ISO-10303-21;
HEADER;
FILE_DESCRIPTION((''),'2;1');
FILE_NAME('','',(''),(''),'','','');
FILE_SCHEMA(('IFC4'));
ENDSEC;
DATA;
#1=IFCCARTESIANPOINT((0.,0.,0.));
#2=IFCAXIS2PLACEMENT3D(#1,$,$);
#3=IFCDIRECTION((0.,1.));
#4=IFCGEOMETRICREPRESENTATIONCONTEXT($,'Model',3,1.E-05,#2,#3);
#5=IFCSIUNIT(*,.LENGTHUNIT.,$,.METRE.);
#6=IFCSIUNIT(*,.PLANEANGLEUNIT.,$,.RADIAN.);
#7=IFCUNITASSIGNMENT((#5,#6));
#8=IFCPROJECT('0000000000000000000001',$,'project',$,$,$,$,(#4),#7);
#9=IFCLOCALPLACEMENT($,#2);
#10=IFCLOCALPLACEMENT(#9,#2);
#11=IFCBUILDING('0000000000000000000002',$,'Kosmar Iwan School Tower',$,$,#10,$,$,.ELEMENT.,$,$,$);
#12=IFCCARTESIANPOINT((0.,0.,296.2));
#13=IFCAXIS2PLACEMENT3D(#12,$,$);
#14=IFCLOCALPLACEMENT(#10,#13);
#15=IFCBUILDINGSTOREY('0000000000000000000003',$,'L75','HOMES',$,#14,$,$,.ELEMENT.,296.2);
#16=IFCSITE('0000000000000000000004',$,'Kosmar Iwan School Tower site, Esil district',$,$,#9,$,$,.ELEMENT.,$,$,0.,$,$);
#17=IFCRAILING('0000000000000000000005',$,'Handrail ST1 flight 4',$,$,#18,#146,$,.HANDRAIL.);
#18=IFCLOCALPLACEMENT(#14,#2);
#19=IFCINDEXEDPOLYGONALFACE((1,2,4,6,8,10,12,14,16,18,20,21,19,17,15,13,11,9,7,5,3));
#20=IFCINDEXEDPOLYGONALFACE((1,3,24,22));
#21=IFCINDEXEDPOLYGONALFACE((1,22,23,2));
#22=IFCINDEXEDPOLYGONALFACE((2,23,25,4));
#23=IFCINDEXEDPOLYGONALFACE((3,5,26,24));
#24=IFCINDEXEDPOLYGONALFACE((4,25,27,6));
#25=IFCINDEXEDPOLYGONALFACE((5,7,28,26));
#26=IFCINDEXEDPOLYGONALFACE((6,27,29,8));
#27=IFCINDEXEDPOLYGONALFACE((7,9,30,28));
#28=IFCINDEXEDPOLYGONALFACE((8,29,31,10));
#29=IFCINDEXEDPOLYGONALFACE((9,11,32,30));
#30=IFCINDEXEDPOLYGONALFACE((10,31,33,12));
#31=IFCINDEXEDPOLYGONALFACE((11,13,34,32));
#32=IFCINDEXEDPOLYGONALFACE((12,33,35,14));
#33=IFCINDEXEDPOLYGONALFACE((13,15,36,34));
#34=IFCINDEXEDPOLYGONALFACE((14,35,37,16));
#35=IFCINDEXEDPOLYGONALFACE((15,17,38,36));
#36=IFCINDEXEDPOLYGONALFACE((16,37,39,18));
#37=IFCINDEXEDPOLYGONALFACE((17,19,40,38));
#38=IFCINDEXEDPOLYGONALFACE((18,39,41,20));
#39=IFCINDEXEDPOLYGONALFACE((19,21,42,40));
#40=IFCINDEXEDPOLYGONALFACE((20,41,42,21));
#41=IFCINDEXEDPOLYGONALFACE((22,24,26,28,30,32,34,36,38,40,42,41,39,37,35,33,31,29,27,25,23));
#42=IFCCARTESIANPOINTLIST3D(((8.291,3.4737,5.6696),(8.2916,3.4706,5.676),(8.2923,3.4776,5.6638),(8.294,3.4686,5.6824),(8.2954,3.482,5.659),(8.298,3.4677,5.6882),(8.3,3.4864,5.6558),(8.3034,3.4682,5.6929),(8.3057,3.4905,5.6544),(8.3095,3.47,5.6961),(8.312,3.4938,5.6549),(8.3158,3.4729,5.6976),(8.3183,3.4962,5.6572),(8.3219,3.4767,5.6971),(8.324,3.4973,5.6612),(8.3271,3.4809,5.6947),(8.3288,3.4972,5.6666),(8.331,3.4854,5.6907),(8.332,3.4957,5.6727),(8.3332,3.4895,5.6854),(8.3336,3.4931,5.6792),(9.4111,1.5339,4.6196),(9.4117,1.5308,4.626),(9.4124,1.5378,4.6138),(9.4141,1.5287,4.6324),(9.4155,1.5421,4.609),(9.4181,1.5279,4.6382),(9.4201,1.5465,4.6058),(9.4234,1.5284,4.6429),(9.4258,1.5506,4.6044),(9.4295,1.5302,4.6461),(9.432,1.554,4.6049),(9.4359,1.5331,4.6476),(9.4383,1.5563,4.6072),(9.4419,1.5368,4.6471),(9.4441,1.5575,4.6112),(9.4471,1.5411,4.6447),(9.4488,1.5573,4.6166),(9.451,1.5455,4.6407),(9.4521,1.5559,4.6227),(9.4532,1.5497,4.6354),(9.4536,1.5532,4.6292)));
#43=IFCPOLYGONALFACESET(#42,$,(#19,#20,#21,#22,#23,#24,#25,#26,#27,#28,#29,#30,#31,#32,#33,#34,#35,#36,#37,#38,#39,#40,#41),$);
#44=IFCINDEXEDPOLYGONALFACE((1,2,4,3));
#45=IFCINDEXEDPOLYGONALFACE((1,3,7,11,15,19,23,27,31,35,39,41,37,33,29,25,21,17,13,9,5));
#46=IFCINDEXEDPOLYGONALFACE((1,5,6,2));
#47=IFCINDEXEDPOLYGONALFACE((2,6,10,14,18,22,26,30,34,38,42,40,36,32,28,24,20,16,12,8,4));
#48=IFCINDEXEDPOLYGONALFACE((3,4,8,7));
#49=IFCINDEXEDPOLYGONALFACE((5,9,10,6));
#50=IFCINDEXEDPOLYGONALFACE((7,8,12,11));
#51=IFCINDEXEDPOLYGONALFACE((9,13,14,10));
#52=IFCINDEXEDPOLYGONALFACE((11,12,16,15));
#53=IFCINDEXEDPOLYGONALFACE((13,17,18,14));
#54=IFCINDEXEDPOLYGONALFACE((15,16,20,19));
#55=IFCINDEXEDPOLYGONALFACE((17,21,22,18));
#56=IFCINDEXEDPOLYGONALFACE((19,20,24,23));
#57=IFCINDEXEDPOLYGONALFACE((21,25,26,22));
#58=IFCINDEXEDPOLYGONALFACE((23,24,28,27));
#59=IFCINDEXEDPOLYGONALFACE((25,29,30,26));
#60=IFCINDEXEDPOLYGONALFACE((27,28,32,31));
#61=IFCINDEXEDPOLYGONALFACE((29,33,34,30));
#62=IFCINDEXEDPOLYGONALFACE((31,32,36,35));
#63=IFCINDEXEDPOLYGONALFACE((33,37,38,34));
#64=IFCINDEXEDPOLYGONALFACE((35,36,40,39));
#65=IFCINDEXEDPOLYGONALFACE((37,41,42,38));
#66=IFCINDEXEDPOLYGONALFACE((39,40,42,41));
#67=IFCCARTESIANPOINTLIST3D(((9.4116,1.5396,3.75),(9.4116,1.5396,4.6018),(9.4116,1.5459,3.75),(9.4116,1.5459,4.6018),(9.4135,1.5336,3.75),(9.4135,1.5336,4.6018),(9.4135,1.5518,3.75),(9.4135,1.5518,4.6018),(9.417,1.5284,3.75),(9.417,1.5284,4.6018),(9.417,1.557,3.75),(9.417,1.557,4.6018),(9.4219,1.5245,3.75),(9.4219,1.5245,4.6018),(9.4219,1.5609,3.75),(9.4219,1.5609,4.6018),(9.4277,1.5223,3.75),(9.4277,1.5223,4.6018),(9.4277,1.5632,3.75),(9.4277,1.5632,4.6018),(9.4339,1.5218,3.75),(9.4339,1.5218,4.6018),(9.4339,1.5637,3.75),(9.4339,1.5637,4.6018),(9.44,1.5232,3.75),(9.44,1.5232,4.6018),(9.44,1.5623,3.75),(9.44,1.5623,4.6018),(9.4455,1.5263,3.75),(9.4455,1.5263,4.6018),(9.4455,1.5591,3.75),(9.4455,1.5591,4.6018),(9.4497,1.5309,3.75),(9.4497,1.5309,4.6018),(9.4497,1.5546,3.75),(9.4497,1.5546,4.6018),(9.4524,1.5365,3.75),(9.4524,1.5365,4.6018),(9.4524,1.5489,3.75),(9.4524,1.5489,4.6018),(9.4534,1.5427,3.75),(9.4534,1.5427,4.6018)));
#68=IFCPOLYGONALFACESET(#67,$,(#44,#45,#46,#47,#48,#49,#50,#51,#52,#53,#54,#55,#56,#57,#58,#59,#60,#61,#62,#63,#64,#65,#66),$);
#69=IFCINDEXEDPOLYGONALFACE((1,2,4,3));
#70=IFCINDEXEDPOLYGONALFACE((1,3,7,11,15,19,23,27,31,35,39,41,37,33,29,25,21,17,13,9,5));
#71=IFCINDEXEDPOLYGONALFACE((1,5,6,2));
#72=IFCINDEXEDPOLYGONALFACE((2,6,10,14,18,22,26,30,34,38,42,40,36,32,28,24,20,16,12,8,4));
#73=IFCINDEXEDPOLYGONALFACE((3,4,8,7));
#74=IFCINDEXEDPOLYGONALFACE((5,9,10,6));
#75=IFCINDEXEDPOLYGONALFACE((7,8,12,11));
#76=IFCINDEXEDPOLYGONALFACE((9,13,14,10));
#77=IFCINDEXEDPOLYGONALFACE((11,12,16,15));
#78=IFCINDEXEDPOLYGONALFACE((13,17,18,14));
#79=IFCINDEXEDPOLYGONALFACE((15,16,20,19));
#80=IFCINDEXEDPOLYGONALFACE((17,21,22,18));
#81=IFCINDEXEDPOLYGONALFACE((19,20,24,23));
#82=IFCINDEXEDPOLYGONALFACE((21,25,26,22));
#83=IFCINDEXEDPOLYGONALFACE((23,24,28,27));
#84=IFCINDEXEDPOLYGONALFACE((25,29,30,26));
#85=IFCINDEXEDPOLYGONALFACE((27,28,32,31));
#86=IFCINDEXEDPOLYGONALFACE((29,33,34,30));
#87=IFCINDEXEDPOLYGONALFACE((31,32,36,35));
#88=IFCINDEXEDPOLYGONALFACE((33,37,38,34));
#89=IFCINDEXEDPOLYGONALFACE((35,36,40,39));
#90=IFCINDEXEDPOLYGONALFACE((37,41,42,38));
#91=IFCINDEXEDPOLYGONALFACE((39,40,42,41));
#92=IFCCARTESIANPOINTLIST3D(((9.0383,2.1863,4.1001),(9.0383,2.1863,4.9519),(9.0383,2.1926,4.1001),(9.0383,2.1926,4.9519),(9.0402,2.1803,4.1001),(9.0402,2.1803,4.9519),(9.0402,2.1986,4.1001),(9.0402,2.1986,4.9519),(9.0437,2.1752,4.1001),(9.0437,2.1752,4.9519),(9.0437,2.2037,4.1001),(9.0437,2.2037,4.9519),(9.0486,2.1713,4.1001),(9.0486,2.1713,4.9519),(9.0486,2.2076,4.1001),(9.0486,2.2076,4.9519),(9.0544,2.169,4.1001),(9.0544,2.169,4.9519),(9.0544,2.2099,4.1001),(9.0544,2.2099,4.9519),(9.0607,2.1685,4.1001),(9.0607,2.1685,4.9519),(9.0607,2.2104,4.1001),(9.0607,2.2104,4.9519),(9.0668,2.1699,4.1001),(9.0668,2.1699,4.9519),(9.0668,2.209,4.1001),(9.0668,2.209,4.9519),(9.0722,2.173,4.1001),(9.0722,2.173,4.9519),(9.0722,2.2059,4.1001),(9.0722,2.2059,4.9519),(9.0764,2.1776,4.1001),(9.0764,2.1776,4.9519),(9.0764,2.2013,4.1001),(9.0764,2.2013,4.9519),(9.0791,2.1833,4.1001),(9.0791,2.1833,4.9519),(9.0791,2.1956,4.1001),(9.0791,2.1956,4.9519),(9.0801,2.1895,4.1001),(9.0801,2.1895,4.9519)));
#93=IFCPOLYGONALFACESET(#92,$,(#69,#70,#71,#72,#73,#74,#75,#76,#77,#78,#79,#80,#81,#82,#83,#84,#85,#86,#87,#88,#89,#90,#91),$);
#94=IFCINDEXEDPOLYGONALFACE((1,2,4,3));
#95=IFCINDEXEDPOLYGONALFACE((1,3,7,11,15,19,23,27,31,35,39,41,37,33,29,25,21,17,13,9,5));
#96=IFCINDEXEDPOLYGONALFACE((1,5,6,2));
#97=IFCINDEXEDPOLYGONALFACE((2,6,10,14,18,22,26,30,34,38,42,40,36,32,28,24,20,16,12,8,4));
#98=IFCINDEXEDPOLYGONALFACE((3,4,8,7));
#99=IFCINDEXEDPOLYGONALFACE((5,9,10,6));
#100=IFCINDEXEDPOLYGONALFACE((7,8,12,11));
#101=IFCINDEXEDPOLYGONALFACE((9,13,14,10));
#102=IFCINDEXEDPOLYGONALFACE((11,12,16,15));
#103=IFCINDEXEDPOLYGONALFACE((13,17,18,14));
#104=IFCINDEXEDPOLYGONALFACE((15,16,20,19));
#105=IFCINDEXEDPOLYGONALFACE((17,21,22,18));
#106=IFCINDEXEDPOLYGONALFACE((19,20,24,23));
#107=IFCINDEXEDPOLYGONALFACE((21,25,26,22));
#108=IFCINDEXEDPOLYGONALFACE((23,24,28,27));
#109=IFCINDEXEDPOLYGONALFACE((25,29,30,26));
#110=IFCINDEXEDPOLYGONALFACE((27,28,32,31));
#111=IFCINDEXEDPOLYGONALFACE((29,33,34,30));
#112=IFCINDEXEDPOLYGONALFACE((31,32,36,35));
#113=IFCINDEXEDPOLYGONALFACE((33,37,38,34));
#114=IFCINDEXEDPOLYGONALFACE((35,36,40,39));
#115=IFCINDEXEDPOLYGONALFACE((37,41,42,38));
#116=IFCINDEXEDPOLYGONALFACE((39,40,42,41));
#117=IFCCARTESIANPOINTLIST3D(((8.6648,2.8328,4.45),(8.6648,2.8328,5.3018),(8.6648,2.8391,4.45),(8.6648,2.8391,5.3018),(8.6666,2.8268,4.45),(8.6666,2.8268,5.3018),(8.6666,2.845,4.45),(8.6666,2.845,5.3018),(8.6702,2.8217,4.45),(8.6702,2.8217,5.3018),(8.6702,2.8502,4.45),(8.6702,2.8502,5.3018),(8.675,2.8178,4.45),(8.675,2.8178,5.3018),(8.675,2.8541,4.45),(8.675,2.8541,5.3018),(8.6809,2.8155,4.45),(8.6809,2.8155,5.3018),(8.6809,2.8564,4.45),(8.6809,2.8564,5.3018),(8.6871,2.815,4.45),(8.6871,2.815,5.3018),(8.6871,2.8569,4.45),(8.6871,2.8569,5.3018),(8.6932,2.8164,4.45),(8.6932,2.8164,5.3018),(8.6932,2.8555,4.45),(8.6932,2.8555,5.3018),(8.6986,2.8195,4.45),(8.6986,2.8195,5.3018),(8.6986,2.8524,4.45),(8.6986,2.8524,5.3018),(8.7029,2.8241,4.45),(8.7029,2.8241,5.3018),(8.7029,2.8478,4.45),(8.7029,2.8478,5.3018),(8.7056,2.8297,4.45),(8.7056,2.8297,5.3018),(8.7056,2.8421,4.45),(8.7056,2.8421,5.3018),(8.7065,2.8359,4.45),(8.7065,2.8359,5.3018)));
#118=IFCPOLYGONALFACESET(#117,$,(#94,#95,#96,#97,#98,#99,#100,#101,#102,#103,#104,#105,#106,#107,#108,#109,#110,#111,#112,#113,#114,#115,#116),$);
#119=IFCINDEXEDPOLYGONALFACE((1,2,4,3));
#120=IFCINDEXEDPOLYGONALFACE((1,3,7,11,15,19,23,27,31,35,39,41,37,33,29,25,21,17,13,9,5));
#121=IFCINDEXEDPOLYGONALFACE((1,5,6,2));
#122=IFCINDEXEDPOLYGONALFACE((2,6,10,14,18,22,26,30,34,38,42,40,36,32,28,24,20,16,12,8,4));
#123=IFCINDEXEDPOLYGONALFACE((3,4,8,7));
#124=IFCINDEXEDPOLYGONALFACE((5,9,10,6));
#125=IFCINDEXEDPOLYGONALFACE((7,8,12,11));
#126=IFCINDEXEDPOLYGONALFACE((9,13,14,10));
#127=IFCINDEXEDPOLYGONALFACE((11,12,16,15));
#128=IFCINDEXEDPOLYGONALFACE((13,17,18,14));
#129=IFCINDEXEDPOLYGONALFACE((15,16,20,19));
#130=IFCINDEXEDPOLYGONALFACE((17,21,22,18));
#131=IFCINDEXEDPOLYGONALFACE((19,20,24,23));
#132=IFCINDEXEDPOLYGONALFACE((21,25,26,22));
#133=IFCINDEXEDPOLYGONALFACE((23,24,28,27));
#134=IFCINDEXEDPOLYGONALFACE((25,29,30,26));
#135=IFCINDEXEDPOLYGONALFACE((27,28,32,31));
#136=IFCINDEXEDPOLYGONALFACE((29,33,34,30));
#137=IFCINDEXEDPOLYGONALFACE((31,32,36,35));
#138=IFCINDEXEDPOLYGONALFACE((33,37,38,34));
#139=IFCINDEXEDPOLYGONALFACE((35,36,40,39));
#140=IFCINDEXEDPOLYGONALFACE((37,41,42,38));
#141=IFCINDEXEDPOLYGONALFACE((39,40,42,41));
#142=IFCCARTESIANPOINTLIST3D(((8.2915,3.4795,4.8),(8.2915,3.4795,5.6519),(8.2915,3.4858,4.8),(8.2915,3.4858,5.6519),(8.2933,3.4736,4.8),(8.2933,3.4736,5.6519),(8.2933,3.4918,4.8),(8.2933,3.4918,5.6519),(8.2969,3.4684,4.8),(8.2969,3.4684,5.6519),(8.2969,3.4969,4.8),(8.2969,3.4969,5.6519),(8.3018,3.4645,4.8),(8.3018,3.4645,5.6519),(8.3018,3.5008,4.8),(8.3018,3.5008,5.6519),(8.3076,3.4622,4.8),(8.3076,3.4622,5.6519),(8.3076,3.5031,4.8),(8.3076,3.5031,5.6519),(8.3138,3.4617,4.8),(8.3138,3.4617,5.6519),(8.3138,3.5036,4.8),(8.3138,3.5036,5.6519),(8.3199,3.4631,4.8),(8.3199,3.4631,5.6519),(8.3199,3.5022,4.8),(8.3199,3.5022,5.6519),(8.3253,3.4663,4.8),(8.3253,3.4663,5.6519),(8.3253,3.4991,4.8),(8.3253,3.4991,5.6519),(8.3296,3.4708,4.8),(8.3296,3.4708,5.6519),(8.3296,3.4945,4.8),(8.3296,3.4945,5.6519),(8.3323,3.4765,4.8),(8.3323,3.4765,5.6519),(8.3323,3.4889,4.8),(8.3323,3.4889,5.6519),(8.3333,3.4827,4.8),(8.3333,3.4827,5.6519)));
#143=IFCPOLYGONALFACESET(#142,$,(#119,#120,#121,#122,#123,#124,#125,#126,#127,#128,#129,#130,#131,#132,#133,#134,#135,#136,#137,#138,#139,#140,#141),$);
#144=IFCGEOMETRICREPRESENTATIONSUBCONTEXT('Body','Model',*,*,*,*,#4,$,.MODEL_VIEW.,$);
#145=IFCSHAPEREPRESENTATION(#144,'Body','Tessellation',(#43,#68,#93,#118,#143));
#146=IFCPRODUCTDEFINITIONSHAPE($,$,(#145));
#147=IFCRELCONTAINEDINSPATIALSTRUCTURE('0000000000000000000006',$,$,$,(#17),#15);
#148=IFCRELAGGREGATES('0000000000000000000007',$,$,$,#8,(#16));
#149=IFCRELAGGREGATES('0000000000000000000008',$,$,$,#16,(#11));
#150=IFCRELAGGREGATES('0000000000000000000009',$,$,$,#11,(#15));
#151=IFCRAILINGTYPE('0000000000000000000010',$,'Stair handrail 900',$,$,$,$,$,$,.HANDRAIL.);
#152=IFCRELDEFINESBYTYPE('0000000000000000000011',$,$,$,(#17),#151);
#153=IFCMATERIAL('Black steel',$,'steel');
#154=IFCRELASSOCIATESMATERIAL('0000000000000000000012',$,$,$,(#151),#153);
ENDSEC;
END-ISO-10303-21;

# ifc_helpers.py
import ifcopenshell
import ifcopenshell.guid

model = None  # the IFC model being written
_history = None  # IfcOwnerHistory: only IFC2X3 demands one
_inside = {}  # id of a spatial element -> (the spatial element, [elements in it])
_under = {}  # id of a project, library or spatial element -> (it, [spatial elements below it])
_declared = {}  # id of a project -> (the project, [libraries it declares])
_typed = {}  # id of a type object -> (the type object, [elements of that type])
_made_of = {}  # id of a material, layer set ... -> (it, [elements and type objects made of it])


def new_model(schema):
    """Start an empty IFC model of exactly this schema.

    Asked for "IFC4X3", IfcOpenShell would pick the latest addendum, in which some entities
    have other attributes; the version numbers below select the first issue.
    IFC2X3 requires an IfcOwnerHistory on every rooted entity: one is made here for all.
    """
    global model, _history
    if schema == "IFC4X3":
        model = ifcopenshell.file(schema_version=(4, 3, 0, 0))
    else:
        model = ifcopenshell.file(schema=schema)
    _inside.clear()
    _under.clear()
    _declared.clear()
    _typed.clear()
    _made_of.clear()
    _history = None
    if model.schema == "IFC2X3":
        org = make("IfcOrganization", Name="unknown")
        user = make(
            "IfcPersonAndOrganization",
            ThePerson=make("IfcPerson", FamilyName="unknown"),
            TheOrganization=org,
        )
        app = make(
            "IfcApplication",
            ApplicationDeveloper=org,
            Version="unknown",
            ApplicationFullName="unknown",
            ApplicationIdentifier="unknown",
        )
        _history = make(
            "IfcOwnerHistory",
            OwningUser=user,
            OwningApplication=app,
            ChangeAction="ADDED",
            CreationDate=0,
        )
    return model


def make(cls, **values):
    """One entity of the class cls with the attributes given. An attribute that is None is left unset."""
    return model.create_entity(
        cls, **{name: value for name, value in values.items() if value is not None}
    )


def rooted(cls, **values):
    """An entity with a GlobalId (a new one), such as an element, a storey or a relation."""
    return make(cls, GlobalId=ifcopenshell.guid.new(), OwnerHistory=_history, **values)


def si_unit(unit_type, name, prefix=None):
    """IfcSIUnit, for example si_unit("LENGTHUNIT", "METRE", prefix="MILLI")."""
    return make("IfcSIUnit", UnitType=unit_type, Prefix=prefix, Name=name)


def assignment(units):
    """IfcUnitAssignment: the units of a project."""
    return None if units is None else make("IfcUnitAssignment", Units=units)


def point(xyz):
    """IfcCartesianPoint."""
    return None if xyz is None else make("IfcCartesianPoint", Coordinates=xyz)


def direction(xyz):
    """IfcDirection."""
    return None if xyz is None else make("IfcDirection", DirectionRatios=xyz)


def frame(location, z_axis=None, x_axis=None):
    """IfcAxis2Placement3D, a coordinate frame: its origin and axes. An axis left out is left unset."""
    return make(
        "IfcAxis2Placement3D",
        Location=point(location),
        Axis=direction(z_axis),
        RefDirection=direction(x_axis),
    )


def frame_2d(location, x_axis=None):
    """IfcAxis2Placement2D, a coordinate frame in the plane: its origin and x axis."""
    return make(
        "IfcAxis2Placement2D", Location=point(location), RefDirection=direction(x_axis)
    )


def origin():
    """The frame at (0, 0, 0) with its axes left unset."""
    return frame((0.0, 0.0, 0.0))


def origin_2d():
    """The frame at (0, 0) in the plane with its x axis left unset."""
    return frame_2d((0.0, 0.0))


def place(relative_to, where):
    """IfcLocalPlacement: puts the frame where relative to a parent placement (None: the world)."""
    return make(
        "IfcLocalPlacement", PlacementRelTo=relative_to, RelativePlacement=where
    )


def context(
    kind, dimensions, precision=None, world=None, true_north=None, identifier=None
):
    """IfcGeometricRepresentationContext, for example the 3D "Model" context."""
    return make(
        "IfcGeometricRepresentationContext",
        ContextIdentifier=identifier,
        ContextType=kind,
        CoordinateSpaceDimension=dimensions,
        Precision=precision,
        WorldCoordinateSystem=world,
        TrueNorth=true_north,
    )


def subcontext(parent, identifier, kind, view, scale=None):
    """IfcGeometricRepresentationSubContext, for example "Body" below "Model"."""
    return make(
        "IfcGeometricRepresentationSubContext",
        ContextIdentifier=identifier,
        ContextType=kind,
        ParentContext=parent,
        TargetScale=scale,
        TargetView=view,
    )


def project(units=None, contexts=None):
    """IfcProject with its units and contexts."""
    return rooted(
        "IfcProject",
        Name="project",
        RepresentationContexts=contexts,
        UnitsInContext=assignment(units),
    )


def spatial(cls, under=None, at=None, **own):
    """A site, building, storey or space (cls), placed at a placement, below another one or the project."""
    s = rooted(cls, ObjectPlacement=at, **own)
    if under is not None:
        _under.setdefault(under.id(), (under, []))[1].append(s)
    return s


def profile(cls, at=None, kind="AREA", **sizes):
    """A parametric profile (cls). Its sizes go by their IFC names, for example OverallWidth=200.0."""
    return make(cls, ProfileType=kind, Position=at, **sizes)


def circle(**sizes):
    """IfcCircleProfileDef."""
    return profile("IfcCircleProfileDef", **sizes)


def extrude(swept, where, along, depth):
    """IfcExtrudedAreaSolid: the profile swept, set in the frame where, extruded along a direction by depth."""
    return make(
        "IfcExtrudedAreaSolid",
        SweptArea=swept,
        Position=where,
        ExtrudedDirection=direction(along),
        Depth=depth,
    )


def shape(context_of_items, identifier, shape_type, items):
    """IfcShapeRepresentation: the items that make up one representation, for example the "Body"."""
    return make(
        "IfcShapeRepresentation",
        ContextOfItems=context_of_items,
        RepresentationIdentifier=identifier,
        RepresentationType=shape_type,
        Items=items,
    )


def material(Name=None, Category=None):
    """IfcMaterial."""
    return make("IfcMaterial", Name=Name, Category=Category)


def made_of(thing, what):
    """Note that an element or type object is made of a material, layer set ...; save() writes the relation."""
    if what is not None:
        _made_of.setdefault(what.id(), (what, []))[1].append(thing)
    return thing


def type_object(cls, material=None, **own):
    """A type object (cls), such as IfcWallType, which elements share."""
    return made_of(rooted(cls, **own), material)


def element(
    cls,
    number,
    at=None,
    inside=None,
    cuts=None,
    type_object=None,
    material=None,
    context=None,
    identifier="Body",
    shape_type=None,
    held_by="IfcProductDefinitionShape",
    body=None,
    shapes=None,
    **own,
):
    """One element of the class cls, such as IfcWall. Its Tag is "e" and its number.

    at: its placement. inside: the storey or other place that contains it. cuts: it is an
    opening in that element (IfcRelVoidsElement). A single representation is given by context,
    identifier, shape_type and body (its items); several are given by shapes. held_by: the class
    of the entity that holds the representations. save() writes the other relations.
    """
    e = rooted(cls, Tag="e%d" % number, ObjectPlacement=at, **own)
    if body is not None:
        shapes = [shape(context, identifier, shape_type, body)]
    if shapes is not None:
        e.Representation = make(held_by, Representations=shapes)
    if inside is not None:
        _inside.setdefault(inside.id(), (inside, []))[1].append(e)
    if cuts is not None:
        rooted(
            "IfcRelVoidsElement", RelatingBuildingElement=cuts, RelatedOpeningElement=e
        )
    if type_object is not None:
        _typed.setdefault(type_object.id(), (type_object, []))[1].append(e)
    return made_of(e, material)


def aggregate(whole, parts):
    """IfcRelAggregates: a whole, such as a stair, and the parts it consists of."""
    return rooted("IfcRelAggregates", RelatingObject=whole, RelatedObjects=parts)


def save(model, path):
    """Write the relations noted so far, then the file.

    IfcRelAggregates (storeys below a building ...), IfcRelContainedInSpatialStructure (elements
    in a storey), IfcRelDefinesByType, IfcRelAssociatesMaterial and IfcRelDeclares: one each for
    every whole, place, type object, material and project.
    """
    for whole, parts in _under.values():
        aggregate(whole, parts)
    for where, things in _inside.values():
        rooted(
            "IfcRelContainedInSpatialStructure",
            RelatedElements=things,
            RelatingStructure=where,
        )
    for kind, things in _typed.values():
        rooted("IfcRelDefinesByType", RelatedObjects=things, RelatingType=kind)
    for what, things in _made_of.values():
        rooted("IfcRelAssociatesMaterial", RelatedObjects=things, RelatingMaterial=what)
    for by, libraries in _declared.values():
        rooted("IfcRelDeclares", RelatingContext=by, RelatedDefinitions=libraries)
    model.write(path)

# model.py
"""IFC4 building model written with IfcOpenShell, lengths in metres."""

from ifc_helpers import new_model, si_unit, direction, frame, origin, origin_2d, place, context, subcontext, project, spatial, circle, extrude, material, type_object, element, save


model = new_model("IFC4")

# Units and contexts
model_context = context("Model", 3, precision=1e-05, world=origin(), true_north=direction((0.0, 1.0)))
body_context = subcontext(model_context, "Body", "Model", "MODEL_VIEW")
ifc_project = project(units=[si_unit("LENGTHUNIT", "METRE"), si_unit("PLANEANGLEUNIT", "RADIAN")], contexts=[model_context])

# Site, building, storey
site_placement = place(None, origin())
site = spatial("IfcSite", under=ifc_project, at=site_placement, Name="Kosmar Iwan School Tower site, Esil district", CompositionType="ELEMENT", RefElevation=0.0)
building_placement = place(site_placement, origin())
building = spatial("IfcBuilding", under=site, at=building_placement, Name="Kosmar Iwan School Tower", CompositionType="ELEMENT")
storey_placement = place(building_placement, frame((0.0, 0.0, 296.2)))
storey = spatial("IfcBuildingStorey", under=building, at=storey_placement, Name="L75", Description="HOMES", CompositionType="ELEMENT", Elevation=296.2)

# Railing
ifc_material_1 = material(Name="Black steel", Category="steel")
railing_type = type_object("IfcRailingType", Name="Stair handrail 900", PredefinedType="HANDRAIL", material=ifc_material_1)
railing_1_placement = place(storey_placement, frame((9.4324, 1.5427, 3.75)))
element("IfcRailing", 1, at=railing_1_placement, inside=storey, type_object=railing_type, Name="Handrail ST1 flight 4", PredefinedType="HANDRAIL", context=body_context, shape_type="SweptSolid", body=[
    extrude(circle(Radius=0.0239, at=origin_2d()), frame((0.0, 0.0, 0.876), z_axis=(-0.452757, 0.784134, 0.424435), x_axis=(-0.866008, -0.500031, 0.0)), (0.0, 0.0, 1.0), 2.4739),
    extrude(circle(Radius=0.021, at=origin_2d()), origin(), (0.0, 0.0, 1.0), 0.8518),
    extrude(circle(Radius=0.021, at=origin_2d()), frame((-0.3733, 0.6467, 0.3501)), (0.0, 0.0, 1.0), 0.8518),
    extrude(circle(Radius=0.021, at=origin_2d()), frame((-0.7468, 1.2932, 0.7)), (0.0, 0.0, 1.0), 0.8518),
    extrude(circle(Radius=0.021, at=origin_2d()), frame((-1.1201, 1.9399, 1.05)), (0.0, 0.0, 1.0), 0.8518),
])

save(model, "model.ifc")
